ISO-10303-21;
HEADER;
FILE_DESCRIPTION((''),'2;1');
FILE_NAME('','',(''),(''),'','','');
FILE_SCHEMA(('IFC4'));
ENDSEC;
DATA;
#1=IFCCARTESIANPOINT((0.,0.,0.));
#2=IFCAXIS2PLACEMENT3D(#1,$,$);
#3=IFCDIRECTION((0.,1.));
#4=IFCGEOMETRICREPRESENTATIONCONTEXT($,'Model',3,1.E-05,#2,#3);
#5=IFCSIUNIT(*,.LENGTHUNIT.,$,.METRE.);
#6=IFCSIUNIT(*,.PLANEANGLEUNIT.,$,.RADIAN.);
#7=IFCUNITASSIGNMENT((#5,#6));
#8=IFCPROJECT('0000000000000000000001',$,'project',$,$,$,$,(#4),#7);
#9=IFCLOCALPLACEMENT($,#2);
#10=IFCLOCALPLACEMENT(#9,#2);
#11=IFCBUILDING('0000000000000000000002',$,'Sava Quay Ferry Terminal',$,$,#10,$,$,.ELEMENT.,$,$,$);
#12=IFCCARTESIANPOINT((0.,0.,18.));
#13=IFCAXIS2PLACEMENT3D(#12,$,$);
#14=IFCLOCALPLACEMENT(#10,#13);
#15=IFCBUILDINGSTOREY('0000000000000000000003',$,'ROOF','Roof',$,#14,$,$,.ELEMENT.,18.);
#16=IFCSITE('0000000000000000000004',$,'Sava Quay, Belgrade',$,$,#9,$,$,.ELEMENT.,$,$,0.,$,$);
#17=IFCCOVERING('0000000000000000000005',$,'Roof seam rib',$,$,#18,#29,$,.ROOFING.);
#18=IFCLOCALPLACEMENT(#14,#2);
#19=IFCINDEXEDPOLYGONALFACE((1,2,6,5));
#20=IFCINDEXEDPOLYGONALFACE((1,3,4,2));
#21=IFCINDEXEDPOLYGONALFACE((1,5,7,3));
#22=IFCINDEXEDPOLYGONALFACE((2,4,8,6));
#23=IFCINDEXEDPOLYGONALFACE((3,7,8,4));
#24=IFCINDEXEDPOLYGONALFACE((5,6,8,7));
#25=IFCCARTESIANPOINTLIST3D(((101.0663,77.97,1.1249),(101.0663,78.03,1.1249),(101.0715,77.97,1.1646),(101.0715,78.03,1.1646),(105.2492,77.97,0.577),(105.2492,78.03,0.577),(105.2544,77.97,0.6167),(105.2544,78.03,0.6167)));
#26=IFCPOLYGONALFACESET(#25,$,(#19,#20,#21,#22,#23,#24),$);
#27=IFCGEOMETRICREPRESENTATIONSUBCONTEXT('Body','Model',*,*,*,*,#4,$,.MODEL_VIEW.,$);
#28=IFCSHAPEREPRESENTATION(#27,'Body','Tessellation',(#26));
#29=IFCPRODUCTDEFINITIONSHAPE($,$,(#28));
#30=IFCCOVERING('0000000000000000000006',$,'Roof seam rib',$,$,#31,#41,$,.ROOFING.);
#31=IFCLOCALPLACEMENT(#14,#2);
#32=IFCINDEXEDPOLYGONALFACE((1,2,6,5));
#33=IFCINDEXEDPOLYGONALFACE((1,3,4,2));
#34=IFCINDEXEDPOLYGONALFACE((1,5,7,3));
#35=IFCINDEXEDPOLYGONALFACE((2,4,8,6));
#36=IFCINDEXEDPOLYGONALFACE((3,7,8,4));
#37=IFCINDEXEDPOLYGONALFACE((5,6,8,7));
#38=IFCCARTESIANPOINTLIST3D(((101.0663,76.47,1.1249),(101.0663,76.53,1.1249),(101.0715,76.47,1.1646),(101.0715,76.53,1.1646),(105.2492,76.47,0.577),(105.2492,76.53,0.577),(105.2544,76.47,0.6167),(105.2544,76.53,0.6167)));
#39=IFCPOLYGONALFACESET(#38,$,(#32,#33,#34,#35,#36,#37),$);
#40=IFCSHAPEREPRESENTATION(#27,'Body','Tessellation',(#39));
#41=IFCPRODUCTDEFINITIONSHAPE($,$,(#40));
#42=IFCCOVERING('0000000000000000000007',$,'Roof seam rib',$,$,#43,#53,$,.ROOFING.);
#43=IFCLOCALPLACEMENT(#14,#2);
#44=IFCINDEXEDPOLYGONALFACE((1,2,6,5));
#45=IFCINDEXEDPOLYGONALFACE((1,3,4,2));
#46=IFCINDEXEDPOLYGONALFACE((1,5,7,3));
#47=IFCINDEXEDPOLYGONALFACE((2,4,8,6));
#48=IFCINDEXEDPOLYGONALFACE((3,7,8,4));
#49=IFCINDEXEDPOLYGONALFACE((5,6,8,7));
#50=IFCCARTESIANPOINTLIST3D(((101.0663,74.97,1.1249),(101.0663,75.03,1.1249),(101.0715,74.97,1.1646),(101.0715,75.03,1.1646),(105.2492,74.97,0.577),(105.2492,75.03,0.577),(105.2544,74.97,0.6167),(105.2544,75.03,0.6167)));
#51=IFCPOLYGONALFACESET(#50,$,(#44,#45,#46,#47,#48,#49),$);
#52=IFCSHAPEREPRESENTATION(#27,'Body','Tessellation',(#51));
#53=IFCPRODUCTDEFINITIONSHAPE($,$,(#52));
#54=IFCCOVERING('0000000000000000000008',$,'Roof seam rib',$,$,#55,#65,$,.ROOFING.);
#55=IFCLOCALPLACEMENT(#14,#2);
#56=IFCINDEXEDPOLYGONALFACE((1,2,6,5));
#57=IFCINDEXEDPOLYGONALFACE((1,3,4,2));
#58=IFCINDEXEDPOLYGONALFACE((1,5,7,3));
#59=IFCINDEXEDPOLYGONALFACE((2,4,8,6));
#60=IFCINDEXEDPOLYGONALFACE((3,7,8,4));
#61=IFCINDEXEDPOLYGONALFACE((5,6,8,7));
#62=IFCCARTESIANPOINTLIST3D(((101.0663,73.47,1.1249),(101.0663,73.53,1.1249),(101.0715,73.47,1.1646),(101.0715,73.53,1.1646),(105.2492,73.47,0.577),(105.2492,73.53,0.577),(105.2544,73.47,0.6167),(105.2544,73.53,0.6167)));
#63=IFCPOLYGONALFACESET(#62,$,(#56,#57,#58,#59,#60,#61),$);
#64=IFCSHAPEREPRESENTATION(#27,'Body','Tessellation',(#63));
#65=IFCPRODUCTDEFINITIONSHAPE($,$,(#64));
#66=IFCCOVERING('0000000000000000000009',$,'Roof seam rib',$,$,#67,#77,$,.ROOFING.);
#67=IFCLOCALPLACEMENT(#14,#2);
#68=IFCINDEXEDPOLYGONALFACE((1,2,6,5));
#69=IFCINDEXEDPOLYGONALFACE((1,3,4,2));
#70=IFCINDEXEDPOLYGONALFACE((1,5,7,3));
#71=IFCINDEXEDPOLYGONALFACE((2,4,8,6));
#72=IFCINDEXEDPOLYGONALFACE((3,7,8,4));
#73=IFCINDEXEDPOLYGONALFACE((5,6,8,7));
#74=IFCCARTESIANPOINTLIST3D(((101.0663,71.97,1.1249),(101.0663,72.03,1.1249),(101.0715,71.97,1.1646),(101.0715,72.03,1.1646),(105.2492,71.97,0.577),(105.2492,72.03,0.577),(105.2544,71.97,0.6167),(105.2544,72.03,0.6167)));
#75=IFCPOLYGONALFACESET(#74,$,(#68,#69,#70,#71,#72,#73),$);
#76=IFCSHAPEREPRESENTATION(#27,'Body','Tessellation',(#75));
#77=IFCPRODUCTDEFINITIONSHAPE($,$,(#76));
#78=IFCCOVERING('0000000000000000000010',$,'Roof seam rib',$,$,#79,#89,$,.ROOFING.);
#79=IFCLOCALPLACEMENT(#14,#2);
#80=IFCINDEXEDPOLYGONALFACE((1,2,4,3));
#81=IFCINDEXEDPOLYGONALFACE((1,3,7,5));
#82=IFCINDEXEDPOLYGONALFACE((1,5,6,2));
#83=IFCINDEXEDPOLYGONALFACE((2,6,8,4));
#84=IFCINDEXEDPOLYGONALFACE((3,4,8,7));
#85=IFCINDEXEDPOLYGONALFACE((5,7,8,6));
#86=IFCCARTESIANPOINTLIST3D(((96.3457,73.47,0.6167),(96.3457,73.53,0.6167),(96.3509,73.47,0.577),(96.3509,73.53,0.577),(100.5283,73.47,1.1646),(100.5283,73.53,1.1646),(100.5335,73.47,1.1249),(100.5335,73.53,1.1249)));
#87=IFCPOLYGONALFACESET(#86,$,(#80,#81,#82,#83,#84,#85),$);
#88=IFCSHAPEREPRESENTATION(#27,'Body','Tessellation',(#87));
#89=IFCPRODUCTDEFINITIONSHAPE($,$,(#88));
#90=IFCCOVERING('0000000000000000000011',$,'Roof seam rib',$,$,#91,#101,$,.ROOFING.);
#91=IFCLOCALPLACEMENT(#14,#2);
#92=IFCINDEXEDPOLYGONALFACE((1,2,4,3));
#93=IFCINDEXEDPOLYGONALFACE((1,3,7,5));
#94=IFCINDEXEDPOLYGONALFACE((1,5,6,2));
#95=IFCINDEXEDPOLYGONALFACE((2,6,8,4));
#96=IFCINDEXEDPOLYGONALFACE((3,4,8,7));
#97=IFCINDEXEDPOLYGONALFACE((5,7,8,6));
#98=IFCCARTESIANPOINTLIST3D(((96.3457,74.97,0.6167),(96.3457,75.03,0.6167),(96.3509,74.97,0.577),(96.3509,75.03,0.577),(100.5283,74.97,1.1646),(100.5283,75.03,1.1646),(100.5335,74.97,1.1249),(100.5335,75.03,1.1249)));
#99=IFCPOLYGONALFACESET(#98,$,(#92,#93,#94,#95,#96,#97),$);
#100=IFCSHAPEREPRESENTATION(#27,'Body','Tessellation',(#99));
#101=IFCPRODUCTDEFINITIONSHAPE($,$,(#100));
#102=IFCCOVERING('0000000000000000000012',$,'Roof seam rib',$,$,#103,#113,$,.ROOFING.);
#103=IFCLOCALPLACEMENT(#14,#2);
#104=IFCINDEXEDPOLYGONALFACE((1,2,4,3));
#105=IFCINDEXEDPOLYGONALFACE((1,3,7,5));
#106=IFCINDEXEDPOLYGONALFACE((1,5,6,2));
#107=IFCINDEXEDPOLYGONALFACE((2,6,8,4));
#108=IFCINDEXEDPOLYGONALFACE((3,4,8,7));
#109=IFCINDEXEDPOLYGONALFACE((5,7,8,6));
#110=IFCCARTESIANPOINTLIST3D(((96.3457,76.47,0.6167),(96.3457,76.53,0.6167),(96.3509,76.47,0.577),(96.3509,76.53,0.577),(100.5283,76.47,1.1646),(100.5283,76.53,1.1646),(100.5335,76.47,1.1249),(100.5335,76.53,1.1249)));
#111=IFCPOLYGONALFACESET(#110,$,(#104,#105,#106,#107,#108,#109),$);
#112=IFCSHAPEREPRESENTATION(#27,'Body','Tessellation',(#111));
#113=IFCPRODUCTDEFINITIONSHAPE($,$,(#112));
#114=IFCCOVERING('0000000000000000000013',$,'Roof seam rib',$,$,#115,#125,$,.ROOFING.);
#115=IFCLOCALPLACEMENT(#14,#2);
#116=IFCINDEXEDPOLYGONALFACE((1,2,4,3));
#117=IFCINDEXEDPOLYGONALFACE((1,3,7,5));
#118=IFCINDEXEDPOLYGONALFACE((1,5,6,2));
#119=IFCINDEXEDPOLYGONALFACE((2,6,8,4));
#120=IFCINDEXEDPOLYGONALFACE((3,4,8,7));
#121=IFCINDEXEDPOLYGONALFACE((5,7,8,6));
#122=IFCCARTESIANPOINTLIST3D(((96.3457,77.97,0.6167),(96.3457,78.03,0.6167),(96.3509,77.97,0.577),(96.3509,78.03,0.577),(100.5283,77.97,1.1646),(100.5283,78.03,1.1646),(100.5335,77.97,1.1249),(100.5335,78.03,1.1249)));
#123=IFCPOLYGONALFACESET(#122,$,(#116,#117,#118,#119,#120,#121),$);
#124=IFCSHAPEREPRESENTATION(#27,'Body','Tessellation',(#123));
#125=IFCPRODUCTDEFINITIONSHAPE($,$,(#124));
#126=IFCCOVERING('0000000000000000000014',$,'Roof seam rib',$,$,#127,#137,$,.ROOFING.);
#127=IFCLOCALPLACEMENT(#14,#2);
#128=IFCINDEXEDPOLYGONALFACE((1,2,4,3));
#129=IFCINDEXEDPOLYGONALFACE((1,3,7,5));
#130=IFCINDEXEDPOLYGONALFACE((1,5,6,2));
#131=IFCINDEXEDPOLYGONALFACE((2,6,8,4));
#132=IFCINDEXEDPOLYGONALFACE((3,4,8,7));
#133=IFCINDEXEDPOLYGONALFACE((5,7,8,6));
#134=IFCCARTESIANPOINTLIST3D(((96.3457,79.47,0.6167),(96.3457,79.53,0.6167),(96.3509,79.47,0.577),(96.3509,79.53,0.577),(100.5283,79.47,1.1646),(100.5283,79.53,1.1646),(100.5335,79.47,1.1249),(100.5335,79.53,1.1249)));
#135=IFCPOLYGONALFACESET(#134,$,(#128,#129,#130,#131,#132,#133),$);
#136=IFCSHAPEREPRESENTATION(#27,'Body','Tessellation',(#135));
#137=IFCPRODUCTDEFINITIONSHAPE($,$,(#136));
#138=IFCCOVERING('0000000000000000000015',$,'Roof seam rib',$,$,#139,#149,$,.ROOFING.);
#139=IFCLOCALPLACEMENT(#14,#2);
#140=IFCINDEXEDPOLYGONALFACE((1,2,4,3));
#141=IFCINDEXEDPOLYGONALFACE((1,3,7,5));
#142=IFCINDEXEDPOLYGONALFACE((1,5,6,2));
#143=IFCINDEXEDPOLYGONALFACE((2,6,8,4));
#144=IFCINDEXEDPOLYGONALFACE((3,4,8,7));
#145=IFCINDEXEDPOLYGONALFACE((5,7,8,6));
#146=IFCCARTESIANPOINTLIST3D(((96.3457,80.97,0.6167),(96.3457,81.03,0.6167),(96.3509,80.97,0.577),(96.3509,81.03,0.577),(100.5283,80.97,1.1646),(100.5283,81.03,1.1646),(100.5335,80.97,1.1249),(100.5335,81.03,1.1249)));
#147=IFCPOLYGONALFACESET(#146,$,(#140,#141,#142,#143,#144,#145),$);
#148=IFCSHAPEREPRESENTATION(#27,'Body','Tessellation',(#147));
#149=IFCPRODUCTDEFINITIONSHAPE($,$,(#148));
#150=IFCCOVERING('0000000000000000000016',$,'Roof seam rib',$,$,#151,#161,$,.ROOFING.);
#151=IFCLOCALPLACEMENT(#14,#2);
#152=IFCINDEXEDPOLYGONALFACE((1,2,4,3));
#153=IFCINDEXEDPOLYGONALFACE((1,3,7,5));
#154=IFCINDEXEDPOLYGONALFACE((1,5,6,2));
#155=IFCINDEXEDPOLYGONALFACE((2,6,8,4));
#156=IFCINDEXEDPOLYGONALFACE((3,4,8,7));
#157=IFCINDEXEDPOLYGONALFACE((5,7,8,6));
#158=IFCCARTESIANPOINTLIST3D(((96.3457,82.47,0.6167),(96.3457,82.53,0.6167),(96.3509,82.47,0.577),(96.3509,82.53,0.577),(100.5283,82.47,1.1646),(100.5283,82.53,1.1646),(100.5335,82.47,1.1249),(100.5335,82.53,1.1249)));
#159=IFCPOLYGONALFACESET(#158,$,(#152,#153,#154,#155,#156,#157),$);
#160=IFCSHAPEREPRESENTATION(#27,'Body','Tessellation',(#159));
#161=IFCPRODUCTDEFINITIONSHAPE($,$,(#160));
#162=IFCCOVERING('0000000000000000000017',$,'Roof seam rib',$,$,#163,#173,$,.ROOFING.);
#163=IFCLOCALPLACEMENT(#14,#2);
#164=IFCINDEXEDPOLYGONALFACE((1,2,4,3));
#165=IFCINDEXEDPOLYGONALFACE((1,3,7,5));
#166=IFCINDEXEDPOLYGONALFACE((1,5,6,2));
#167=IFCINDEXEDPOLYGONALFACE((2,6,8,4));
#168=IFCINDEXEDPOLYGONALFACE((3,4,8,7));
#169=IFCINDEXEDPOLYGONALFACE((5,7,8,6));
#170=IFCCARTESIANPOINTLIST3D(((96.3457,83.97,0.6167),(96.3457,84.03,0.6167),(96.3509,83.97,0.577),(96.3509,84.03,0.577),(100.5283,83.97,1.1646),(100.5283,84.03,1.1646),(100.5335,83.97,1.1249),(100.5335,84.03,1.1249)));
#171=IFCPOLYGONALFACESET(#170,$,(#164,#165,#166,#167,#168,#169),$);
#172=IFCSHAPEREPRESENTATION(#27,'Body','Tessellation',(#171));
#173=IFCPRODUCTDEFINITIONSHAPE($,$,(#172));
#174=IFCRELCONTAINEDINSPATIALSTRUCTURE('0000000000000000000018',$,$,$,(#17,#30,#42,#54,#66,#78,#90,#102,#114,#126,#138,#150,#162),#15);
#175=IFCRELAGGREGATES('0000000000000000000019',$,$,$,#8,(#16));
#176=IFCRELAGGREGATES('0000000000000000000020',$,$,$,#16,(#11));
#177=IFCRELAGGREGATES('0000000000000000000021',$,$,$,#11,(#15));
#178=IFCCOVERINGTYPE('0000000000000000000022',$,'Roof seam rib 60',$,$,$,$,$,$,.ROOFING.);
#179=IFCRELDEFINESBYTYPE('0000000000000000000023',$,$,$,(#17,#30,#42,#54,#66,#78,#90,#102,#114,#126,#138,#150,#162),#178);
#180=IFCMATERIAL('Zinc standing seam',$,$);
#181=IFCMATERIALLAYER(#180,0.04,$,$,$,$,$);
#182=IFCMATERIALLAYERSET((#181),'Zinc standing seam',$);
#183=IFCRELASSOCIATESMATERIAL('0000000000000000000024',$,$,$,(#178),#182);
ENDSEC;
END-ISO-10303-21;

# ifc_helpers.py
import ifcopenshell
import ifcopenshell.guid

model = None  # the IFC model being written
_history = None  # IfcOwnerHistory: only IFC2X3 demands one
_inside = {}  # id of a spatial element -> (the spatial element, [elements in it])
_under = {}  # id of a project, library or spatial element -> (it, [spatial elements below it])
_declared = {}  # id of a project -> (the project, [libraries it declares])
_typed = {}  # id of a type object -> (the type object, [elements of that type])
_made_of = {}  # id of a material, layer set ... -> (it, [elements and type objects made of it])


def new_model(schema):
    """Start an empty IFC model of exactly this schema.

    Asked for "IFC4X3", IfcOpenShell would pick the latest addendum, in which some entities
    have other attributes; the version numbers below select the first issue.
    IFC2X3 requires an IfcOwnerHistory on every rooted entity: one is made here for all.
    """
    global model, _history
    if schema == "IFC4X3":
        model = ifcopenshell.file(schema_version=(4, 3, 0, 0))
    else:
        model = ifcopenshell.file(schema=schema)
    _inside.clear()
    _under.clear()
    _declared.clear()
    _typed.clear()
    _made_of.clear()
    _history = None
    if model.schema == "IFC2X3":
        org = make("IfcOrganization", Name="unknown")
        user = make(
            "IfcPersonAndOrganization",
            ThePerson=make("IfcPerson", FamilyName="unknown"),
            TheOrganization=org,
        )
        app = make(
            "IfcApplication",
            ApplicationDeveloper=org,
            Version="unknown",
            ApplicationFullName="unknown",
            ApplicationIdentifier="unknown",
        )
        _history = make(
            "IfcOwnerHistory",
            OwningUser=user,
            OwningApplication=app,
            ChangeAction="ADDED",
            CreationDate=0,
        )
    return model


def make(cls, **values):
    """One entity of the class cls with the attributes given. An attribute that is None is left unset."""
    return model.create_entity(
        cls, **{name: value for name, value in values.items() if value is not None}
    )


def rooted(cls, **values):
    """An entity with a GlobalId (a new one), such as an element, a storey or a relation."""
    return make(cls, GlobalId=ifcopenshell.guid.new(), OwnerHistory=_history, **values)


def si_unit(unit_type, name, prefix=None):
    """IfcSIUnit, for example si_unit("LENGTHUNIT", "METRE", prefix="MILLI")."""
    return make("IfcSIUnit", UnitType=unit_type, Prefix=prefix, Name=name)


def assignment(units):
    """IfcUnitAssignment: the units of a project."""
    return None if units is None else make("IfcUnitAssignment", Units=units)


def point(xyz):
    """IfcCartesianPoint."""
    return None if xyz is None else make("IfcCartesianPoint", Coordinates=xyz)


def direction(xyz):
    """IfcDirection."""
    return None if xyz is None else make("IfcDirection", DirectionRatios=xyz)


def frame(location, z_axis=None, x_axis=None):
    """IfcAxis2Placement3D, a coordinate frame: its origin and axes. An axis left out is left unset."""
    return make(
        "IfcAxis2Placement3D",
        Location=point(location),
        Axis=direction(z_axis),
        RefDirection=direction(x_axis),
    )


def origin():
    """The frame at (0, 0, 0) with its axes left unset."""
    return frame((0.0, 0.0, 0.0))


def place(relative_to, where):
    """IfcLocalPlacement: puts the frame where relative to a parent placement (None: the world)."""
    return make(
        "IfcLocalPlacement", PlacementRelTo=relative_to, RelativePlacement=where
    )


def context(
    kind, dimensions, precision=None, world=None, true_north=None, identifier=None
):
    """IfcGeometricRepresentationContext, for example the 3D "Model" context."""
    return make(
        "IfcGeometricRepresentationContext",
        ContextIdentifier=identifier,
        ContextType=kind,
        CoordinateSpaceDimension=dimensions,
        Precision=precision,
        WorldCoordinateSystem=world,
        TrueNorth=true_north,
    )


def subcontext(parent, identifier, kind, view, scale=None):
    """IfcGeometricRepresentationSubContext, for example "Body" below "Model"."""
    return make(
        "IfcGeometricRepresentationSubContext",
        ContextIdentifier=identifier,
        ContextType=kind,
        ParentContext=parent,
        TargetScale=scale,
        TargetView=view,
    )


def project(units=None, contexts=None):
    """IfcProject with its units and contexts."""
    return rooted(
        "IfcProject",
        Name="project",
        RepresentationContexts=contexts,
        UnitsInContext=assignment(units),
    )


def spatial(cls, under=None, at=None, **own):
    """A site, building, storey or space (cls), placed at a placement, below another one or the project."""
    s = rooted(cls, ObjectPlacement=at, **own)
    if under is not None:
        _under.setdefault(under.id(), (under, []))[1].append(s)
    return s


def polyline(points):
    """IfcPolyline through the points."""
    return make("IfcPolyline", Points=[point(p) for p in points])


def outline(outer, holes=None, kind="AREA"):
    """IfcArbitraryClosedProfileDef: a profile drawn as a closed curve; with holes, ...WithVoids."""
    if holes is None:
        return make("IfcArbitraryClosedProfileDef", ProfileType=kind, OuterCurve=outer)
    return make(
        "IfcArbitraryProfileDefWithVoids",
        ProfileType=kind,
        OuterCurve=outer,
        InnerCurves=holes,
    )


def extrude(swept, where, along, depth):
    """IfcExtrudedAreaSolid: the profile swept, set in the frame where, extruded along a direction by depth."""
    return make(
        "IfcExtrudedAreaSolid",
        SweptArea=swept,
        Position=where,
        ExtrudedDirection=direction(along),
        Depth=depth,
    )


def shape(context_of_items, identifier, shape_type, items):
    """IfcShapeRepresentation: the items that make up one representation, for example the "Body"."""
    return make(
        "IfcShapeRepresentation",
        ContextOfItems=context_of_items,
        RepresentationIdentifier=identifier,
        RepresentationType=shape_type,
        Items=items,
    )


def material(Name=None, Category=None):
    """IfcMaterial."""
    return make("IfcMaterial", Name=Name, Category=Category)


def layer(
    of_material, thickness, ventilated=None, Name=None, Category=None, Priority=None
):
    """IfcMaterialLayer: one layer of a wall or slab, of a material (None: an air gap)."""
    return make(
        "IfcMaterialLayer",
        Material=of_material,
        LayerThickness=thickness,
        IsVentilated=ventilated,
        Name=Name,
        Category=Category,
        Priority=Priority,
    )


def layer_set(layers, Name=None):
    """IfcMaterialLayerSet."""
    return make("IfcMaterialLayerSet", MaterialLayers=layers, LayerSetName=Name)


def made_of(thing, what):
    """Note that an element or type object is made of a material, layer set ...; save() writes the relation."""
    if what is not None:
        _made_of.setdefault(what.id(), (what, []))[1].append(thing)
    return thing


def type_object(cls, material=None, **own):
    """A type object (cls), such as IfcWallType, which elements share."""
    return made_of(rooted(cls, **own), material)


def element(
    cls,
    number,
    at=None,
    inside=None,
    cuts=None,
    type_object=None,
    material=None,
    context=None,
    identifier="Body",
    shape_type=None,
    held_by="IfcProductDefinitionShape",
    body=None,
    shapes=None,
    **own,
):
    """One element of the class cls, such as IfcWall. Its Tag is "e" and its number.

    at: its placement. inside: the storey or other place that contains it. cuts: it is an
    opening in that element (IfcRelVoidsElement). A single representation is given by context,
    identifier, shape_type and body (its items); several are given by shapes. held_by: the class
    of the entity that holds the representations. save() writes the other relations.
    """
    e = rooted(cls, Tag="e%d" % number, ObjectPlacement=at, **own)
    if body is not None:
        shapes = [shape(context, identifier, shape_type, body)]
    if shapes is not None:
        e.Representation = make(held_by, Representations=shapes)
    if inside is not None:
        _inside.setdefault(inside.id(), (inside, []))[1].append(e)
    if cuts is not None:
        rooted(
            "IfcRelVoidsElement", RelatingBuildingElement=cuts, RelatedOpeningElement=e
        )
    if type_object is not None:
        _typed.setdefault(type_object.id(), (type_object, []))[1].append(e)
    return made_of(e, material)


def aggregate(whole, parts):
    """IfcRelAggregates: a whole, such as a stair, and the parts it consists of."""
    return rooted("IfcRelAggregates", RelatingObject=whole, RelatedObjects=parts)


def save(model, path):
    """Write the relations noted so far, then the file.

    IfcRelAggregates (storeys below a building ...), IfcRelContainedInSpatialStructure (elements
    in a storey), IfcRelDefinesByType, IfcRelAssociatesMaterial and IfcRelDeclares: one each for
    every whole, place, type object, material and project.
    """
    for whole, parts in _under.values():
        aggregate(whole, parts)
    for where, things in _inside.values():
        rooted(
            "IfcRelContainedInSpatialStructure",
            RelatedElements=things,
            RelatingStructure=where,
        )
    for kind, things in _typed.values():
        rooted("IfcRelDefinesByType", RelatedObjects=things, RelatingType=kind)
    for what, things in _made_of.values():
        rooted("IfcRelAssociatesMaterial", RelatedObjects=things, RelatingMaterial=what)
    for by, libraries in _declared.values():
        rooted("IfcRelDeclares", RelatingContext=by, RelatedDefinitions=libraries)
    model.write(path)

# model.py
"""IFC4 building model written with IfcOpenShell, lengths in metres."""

from ifc_helpers import new_model, si_unit, direction, frame, origin, place, context, subcontext, project, spatial, polyline, outline, extrude, material, layer, layer_set, type_object, element, save


model = new_model("IFC4")

# Units and contexts
model_context = context("Model", 3, precision=1e-05, world=origin(), true_north=direction((0.0, 1.0)))
body_context = subcontext(model_context, "Body", "Model", "MODEL_VIEW")
ifc_project = project(units=[si_unit("LENGTHUNIT", "METRE"), si_unit("PLANEANGLEUNIT", "RADIAN")], contexts=[model_context])

# Site, building, storey
site_placement = place(None, origin())
site = spatial("IfcSite", under=ifc_project, at=site_placement, Name="Sava Quay, Belgrade", CompositionType="ELEMENT", RefElevation=0.0)
building_placement = place(site_placement, origin())
building = spatial("IfcBuilding", under=site, at=building_placement, Name="Sava Quay Ferry Terminal", CompositionType="ELEMENT")
storey_placement = place(building_placement, frame((0.0, 0.0, 18.0)))
storey = spatial("IfcBuildingStorey", under=building, at=storey_placement, Name="ROOF", Description="Roof", CompositionType="ELEMENT", Elevation=18.0)

# Coverings
ifc_material_1 = material(Name="Zinc standing seam")
ifc_layer_1 = layer(ifc_material_1, 0.04)
ifc_layer_set_1 = layer_set([ifc_layer_1], Name="Zinc standing seam")
covering_type_1 = type_object("IfcCoveringType", Name="Roof seam rib 60", PredefinedType="ROOFING", material=ifc_layer_set_1)
for number, where, z_axis, x_axis, name in (
    (1, (105.2544, 77.97, 0.6167), (0.129866, 0.0, 0.991532), (-0.991532, 0.0, 0.129866), "Roof seam rib"),
    (2, (105.2544, 76.47, 0.6167), (0.129866, 0.0, 0.991532), (-0.991532, 0.0, 0.129866), "Roof seam rib"),
    (3, (105.2544, 74.97, 0.6167), (0.129866, 0.0, 0.991532), (-0.991532, 0.0, 0.129866), "Roof seam rib"),
    (4, (105.2544, 73.47, 0.6167), (0.129866, 0.0, 0.991532), (-0.991532, 0.0, 0.129866), "Roof seam rib"),
    (5, (105.2544, 71.97, 0.6167), (0.129866, 0.0, 0.991532), (-0.991532, 0.0, 0.129866), "Roof seam rib"),
):
    element("IfcCovering", number, at=place(storey_placement, frame(where, z_axis=z_axis, x_axis=x_axis)), inside=storey, type_object=covering_type_1, Name=name, PredefinedType="ROOFING", context=body_context, shape_type="SweptSolid", body=[
        extrude(outline(polyline([(0.0, 0.0), (4.2186, 0.0), (4.2186, -0.0601), (0.0, -0.0601), (0.0, 0.0)])), origin(), (0.0, 0.0, -1.0), 0.04),
    ])
for number, where, z_axis, x_axis, name in (
    (6, (96.3457, 73.53, 0.6167), (-0.129874, 0.0, 0.991531), (0.991531, 0.0, 0.129874), "Roof seam rib"),
    (7, (96.3457, 75.03, 0.6167), (-0.129874, 0.0, 0.991531), (0.991531, 0.0, 0.129874), "Roof seam rib"),
    (8, (96.3457, 76.53, 0.6167), (-0.129874, 0.0, 0.991531), (0.991531, 0.0, 0.129874), "Roof seam rib"),
    (9, (96.3457, 78.03, 0.6167), (-0.129874, 0.0, 0.991531), (0.991531, 0.0, 0.129874), "Roof seam rib"),
    (10, (96.3457, 79.53, 0.6167), (-0.129874, 0.0, 0.991531), (0.991531, 0.0, 0.129874), "Roof seam rib"),
    (11, (96.3457, 81.03, 0.6167), (-0.129874, 0.0, 0.991531), (0.991531, 0.0, 0.129874), "Roof seam rib"),
    (12, (96.3457, 82.53, 0.6167), (-0.129874, 0.0, 0.991531), (0.991531, 0.0, 0.129874), "Roof seam rib"),
    (13, (96.3457, 84.03, 0.6167), (-0.129874, 0.0, 0.991531), (0.991531, 0.0, 0.129874), "Roof seam rib"),
):
    element("IfcCovering", number, at=place(storey_placement, frame(where, z_axis=z_axis, x_axis=x_axis)), inside=storey, type_object=covering_type_1, Name=name, PredefinedType="ROOFING", context=body_context, shape_type="SweptSolid", body=[
        extrude(outline(polyline([(0.0, 0.0), (4.2183, 0.0), (4.2183, -0.0601), (0.0, -0.0601), (0.0, 0.0)])), origin(), (0.0, 0.0, -1.0), 0.04),
    ])

save(model, "model.ifc")
